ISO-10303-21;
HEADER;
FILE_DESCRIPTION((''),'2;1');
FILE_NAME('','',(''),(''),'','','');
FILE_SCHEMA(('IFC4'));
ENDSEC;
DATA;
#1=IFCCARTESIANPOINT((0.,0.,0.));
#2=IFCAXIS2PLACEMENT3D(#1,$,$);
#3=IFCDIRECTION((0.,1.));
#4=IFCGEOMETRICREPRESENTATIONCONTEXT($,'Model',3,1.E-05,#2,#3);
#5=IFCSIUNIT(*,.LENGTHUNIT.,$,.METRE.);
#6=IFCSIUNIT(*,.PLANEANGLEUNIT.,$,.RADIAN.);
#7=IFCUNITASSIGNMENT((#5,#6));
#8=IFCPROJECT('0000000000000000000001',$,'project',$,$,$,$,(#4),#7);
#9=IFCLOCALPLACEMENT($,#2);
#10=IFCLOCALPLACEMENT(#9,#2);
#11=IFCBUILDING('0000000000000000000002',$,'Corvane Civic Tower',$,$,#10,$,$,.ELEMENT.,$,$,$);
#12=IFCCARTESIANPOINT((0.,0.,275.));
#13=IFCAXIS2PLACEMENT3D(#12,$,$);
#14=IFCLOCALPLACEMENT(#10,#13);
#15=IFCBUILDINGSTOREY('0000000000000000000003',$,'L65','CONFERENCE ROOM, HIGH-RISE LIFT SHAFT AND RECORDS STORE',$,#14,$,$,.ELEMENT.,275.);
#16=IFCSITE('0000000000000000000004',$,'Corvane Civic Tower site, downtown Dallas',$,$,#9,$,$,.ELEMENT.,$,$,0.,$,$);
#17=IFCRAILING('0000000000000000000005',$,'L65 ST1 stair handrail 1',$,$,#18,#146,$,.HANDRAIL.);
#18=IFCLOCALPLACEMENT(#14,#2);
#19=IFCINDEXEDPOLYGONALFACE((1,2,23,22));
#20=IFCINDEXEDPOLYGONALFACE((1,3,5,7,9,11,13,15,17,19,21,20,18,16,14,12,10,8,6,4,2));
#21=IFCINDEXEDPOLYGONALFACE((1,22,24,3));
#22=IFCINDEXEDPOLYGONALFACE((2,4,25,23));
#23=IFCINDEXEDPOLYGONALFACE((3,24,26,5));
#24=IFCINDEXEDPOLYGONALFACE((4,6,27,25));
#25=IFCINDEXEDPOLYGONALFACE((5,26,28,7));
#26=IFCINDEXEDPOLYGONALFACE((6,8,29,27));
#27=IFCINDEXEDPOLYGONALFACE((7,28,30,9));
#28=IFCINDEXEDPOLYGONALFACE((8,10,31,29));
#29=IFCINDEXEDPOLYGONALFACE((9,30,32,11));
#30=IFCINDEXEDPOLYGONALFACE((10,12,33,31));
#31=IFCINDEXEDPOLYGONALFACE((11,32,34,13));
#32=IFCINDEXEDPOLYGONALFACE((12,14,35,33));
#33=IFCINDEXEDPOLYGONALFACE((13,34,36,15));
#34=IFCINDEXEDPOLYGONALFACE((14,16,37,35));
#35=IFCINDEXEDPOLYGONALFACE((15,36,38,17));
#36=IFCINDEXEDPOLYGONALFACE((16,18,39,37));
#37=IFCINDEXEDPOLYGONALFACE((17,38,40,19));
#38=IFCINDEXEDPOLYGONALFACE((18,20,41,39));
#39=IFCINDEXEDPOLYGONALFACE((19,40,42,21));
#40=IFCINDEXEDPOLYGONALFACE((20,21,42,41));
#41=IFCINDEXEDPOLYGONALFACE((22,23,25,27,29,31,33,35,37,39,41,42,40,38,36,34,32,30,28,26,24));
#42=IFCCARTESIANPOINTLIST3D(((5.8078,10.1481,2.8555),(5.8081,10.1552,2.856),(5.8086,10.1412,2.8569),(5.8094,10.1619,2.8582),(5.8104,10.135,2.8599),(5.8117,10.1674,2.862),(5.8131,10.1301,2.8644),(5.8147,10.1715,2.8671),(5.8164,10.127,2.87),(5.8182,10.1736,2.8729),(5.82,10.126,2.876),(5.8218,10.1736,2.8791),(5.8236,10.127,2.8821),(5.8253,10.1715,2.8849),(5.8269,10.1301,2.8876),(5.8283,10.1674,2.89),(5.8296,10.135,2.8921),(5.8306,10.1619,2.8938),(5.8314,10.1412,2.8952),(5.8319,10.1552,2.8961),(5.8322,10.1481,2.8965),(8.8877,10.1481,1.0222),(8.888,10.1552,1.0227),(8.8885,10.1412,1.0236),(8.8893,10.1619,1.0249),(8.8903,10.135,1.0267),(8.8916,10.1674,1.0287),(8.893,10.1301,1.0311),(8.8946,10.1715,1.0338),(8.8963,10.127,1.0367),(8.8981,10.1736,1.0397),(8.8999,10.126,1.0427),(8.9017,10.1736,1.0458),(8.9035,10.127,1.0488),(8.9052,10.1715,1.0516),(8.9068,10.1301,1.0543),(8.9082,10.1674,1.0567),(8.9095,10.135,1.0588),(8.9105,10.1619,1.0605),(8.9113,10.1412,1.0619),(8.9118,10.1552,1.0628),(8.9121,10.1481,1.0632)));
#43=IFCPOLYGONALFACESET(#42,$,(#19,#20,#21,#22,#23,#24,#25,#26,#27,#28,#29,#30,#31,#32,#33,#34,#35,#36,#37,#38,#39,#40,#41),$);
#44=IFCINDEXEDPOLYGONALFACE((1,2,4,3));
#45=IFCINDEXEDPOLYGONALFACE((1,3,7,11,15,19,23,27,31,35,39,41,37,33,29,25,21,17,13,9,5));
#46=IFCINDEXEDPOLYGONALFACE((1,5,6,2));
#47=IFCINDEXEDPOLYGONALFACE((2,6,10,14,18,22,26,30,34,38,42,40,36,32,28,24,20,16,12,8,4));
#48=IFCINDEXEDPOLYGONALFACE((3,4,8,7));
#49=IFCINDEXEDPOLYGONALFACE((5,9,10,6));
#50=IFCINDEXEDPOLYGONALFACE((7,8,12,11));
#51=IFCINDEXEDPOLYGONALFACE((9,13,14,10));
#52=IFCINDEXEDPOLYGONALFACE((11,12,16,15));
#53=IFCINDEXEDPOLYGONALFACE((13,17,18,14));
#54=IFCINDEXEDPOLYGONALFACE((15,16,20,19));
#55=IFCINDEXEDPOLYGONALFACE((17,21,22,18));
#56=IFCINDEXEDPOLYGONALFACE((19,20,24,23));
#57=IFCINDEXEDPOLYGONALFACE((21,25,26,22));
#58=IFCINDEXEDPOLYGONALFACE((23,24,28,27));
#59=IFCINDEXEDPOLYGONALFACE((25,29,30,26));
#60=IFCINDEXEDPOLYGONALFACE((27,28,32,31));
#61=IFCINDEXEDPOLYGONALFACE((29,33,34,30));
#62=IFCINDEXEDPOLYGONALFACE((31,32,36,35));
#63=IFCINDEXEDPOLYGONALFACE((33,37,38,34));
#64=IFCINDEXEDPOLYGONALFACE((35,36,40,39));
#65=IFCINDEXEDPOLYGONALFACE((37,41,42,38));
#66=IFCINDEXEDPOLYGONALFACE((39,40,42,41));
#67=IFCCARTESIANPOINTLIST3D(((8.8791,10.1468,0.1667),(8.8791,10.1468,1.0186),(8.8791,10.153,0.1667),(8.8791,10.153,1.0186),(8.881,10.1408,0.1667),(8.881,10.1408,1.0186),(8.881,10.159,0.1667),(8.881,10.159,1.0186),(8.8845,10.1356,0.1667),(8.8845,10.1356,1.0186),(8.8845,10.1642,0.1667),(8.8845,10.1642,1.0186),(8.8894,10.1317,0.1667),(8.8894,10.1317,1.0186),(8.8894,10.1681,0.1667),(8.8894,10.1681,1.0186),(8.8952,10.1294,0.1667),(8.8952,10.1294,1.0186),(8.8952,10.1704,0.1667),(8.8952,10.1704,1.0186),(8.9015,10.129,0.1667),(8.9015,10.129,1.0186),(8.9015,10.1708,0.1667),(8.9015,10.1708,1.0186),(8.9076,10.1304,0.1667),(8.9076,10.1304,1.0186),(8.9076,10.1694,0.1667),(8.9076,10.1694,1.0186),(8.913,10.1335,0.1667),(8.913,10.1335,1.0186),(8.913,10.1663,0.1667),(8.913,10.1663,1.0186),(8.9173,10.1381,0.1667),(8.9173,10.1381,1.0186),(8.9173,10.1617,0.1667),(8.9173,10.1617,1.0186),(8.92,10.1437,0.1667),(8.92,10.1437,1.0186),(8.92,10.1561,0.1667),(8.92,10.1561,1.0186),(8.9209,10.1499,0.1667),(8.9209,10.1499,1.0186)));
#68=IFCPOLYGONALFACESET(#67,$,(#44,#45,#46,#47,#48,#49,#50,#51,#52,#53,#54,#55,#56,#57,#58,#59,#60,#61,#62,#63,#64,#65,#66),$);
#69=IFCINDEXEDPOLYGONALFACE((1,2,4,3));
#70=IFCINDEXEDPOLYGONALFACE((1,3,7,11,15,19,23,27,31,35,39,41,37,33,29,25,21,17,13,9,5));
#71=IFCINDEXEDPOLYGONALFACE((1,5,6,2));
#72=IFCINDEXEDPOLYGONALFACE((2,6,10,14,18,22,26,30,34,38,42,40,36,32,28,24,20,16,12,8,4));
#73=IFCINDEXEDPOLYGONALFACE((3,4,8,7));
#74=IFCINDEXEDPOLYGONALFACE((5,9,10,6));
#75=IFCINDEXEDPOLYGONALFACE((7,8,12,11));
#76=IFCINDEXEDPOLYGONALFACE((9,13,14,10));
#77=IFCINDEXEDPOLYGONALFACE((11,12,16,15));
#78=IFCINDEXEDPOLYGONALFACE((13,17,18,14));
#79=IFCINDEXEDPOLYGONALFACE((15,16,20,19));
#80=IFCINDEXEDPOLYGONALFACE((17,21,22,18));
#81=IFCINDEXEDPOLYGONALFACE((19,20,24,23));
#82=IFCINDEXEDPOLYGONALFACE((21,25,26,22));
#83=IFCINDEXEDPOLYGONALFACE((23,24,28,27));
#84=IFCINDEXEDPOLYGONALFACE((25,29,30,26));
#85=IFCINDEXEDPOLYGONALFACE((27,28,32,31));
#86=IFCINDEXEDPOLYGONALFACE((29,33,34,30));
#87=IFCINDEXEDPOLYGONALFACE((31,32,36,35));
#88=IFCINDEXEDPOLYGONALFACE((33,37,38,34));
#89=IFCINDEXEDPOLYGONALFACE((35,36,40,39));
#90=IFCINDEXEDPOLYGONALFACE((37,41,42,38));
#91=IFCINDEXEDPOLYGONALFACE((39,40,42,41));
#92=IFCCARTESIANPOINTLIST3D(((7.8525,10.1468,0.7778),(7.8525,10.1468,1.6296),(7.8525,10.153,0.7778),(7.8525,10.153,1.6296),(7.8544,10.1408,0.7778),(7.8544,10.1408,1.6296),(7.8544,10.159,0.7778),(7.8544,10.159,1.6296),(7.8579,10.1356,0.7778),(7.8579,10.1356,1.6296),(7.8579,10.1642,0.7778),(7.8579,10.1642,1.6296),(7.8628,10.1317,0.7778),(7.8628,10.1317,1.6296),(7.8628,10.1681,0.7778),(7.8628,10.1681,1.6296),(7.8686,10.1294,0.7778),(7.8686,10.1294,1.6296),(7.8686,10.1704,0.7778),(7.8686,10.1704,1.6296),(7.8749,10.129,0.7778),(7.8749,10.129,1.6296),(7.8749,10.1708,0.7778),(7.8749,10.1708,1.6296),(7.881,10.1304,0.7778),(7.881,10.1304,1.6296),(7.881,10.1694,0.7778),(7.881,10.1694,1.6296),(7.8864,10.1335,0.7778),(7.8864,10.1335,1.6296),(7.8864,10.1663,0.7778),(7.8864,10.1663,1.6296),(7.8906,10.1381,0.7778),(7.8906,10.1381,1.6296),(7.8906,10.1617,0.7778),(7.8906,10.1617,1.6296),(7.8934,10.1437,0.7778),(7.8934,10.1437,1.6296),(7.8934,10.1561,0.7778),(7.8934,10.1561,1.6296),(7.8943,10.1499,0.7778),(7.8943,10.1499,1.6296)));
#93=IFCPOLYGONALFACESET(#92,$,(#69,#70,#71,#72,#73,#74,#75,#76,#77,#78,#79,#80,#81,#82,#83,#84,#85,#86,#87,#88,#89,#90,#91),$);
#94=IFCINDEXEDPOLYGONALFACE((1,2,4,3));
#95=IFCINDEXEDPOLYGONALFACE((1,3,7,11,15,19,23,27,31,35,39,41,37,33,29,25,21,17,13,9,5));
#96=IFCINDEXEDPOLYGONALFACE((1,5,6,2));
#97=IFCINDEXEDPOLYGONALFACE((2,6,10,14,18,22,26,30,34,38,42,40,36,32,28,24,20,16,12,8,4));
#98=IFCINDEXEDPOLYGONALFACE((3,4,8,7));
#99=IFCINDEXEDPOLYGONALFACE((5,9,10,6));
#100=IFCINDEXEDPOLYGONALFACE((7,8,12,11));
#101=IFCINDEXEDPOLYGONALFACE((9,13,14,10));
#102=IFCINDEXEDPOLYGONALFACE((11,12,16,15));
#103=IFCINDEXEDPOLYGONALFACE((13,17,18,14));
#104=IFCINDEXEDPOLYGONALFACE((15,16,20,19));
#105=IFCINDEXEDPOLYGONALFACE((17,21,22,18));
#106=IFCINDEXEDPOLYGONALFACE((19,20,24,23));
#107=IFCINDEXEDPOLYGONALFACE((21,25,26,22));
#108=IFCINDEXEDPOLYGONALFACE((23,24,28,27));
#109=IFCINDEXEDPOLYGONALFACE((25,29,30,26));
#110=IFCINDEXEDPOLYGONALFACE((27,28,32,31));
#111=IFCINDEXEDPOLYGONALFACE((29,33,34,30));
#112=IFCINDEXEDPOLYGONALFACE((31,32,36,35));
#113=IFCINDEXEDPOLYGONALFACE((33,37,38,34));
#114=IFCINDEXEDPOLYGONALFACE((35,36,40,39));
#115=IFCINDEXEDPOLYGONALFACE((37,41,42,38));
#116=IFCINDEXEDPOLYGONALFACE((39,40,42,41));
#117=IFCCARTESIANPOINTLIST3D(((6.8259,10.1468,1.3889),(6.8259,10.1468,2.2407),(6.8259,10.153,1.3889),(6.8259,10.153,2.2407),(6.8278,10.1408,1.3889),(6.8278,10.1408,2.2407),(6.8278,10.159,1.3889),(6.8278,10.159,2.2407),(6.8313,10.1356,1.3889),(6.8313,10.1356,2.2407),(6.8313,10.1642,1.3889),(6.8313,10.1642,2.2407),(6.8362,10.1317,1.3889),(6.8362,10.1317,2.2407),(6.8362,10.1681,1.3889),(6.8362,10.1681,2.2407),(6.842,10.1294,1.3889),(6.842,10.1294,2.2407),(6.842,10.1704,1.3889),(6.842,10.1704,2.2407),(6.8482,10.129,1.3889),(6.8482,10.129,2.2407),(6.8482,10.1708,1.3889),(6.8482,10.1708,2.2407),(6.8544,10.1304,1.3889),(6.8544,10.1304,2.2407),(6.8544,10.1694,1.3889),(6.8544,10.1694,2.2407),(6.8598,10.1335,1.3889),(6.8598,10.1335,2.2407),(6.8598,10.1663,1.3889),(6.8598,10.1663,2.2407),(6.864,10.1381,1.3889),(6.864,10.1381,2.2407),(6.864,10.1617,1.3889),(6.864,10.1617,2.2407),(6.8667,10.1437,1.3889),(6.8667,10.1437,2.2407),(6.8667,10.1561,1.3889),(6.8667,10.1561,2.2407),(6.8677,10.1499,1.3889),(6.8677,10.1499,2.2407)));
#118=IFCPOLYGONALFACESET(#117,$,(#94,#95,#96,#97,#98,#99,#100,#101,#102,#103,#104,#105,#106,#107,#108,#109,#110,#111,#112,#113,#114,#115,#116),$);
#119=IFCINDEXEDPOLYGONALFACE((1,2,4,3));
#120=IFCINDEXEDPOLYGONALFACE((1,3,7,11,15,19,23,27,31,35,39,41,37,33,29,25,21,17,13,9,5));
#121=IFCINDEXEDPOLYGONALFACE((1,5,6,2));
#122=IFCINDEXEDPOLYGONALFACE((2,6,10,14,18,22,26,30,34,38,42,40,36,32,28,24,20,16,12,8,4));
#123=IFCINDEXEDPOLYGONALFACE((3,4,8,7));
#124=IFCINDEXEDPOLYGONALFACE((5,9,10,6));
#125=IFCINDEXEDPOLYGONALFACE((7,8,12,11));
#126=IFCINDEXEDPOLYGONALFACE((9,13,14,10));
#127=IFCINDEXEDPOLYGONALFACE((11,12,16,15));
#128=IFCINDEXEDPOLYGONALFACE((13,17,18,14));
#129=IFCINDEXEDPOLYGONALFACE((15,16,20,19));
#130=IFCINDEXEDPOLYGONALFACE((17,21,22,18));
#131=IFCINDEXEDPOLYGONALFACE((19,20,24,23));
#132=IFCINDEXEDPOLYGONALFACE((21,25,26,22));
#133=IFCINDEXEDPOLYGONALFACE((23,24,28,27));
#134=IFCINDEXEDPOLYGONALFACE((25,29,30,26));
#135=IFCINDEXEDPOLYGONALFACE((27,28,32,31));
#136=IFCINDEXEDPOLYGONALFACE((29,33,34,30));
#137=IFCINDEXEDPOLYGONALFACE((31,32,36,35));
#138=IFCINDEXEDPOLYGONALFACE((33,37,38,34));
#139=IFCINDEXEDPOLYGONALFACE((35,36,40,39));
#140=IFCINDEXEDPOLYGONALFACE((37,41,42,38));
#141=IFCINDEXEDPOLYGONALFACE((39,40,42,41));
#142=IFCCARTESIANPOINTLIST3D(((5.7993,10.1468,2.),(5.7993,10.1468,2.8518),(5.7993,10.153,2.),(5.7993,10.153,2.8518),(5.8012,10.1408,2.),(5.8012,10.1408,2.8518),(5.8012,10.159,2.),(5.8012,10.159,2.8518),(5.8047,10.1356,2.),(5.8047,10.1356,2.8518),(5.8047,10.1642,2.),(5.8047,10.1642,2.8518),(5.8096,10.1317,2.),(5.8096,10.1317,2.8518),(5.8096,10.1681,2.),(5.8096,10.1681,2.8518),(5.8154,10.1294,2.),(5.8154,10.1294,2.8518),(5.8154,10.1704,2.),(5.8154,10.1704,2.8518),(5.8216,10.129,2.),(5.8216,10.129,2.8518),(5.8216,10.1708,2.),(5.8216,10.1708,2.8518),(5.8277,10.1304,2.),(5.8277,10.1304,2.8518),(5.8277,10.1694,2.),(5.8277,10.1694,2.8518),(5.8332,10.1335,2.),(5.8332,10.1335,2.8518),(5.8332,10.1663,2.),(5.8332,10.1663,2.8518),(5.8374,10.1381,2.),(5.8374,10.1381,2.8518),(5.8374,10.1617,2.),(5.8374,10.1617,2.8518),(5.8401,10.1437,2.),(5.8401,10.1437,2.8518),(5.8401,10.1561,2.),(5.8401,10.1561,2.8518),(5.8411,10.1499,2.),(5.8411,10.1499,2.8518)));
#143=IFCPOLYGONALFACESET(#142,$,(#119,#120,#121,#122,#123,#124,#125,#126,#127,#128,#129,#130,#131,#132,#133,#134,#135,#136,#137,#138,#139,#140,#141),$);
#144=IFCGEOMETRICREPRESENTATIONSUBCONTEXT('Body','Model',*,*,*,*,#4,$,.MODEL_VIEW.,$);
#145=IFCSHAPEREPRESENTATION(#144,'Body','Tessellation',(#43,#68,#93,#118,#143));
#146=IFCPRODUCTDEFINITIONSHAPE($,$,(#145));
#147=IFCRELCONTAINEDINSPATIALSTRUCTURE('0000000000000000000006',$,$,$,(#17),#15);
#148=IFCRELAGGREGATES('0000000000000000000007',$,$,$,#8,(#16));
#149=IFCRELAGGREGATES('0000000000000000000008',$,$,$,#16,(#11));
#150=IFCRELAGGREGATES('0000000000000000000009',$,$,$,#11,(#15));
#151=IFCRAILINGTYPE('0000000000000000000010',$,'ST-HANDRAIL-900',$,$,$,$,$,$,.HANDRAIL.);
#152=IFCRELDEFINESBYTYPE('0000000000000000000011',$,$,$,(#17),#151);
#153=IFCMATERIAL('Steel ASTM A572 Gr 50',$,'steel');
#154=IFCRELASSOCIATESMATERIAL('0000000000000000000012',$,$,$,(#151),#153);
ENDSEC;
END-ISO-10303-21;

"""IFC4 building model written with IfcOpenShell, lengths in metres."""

from ifc_helpers import new_model, si_unit, direction, frame, origin, origin_2d, place, context, subcontext, project, spatial, circle, extrude, material, type_object, element, save


model = new_model("IFC4")

# Units and contexts
model_context = context("Model", 3, precision=1e-05, world=origin(), true_north=direction((0.0, 1.0)))
body_context = subcontext(model_context, "Body", "Model", "MODEL_VIEW")
ifc_project = project(units=[si_unit("LENGTHUNIT", "METRE"), si_unit("PLANEANGLEUNIT", "RADIAN")], contexts=[model_context])

# Site, building, storey
site_placement = place(None, origin())
site = spatial("IfcSite", under=ifc_project, at=site_placement, Name="Corvane Civic Tower site, downtown Dallas", CompositionType="ELEMENT", RefElevation=0.0)
building_placement = place(site_placement, origin())
building = spatial("IfcBuilding", under=site, at=building_placement, Name="Corvane Civic Tower", CompositionType="ELEMENT")
storey_placement = place(building_placement, frame((0.0, 0.0, 275.0)))
storey = spatial("IfcBuildingStorey", under=building, at=storey_placement, Name="L65", Description="CONFERENCE ROOM, HIGH-RISE LIFT SHAFT AND RECORDS STORE", CompositionType="ELEMENT", Elevation=275.0)

# Railing
ifc_material_1 = material(Name="Steel ASTM A572 Gr 50", Category="steel")
railing_type = type_object("IfcRailingType", Name="ST-HANDRAIL-900", PredefinedType="HANDRAIL", material=ifc_material_1)
railing_placement = place(storey_placement, frame((8.8999, 10.1499, 0.1667)))
element("IfcRailing", 1, at=railing_placement, inside=storey, type_object=railing_type, Name="L65 ST1 stair handrail 1", PredefinedType="HANDRAIL", context=body_context, shape_type="SweptSolid", body=[
    extrude(circle(Radius=0.0239, at=origin_2d()), frame((0.0, 0.0, 0.876), z_axis=(-0.859291, 0.0, 0.511487), x_axis=(0.0, -1.0, 0.0)), (0.0, 0.0, 1.0), 3.5842),
    extrude(circle(Radius=0.021, at=origin_2d()), origin(), (0.0, 0.0, 1.0), 0.8518),
    extrude(circle(Radius=0.021, at=origin_2d()), frame((-1.0266, 0.0, 0.6111)), (0.0, 0.0, 1.0), 0.8518),
    extrude(circle(Radius=0.021, at=origin_2d()), frame((-2.0532, 0.0, 1.2222)), (0.0, 0.0, 1.0), 0.8518),
    extrude(circle(Radius=0.021, at=origin_2d()), frame((-3.0798, 0.0, 1.8333)), (0.0, 0.0, 1.0), 0.8518),
])

save(model, "model.ifc")
